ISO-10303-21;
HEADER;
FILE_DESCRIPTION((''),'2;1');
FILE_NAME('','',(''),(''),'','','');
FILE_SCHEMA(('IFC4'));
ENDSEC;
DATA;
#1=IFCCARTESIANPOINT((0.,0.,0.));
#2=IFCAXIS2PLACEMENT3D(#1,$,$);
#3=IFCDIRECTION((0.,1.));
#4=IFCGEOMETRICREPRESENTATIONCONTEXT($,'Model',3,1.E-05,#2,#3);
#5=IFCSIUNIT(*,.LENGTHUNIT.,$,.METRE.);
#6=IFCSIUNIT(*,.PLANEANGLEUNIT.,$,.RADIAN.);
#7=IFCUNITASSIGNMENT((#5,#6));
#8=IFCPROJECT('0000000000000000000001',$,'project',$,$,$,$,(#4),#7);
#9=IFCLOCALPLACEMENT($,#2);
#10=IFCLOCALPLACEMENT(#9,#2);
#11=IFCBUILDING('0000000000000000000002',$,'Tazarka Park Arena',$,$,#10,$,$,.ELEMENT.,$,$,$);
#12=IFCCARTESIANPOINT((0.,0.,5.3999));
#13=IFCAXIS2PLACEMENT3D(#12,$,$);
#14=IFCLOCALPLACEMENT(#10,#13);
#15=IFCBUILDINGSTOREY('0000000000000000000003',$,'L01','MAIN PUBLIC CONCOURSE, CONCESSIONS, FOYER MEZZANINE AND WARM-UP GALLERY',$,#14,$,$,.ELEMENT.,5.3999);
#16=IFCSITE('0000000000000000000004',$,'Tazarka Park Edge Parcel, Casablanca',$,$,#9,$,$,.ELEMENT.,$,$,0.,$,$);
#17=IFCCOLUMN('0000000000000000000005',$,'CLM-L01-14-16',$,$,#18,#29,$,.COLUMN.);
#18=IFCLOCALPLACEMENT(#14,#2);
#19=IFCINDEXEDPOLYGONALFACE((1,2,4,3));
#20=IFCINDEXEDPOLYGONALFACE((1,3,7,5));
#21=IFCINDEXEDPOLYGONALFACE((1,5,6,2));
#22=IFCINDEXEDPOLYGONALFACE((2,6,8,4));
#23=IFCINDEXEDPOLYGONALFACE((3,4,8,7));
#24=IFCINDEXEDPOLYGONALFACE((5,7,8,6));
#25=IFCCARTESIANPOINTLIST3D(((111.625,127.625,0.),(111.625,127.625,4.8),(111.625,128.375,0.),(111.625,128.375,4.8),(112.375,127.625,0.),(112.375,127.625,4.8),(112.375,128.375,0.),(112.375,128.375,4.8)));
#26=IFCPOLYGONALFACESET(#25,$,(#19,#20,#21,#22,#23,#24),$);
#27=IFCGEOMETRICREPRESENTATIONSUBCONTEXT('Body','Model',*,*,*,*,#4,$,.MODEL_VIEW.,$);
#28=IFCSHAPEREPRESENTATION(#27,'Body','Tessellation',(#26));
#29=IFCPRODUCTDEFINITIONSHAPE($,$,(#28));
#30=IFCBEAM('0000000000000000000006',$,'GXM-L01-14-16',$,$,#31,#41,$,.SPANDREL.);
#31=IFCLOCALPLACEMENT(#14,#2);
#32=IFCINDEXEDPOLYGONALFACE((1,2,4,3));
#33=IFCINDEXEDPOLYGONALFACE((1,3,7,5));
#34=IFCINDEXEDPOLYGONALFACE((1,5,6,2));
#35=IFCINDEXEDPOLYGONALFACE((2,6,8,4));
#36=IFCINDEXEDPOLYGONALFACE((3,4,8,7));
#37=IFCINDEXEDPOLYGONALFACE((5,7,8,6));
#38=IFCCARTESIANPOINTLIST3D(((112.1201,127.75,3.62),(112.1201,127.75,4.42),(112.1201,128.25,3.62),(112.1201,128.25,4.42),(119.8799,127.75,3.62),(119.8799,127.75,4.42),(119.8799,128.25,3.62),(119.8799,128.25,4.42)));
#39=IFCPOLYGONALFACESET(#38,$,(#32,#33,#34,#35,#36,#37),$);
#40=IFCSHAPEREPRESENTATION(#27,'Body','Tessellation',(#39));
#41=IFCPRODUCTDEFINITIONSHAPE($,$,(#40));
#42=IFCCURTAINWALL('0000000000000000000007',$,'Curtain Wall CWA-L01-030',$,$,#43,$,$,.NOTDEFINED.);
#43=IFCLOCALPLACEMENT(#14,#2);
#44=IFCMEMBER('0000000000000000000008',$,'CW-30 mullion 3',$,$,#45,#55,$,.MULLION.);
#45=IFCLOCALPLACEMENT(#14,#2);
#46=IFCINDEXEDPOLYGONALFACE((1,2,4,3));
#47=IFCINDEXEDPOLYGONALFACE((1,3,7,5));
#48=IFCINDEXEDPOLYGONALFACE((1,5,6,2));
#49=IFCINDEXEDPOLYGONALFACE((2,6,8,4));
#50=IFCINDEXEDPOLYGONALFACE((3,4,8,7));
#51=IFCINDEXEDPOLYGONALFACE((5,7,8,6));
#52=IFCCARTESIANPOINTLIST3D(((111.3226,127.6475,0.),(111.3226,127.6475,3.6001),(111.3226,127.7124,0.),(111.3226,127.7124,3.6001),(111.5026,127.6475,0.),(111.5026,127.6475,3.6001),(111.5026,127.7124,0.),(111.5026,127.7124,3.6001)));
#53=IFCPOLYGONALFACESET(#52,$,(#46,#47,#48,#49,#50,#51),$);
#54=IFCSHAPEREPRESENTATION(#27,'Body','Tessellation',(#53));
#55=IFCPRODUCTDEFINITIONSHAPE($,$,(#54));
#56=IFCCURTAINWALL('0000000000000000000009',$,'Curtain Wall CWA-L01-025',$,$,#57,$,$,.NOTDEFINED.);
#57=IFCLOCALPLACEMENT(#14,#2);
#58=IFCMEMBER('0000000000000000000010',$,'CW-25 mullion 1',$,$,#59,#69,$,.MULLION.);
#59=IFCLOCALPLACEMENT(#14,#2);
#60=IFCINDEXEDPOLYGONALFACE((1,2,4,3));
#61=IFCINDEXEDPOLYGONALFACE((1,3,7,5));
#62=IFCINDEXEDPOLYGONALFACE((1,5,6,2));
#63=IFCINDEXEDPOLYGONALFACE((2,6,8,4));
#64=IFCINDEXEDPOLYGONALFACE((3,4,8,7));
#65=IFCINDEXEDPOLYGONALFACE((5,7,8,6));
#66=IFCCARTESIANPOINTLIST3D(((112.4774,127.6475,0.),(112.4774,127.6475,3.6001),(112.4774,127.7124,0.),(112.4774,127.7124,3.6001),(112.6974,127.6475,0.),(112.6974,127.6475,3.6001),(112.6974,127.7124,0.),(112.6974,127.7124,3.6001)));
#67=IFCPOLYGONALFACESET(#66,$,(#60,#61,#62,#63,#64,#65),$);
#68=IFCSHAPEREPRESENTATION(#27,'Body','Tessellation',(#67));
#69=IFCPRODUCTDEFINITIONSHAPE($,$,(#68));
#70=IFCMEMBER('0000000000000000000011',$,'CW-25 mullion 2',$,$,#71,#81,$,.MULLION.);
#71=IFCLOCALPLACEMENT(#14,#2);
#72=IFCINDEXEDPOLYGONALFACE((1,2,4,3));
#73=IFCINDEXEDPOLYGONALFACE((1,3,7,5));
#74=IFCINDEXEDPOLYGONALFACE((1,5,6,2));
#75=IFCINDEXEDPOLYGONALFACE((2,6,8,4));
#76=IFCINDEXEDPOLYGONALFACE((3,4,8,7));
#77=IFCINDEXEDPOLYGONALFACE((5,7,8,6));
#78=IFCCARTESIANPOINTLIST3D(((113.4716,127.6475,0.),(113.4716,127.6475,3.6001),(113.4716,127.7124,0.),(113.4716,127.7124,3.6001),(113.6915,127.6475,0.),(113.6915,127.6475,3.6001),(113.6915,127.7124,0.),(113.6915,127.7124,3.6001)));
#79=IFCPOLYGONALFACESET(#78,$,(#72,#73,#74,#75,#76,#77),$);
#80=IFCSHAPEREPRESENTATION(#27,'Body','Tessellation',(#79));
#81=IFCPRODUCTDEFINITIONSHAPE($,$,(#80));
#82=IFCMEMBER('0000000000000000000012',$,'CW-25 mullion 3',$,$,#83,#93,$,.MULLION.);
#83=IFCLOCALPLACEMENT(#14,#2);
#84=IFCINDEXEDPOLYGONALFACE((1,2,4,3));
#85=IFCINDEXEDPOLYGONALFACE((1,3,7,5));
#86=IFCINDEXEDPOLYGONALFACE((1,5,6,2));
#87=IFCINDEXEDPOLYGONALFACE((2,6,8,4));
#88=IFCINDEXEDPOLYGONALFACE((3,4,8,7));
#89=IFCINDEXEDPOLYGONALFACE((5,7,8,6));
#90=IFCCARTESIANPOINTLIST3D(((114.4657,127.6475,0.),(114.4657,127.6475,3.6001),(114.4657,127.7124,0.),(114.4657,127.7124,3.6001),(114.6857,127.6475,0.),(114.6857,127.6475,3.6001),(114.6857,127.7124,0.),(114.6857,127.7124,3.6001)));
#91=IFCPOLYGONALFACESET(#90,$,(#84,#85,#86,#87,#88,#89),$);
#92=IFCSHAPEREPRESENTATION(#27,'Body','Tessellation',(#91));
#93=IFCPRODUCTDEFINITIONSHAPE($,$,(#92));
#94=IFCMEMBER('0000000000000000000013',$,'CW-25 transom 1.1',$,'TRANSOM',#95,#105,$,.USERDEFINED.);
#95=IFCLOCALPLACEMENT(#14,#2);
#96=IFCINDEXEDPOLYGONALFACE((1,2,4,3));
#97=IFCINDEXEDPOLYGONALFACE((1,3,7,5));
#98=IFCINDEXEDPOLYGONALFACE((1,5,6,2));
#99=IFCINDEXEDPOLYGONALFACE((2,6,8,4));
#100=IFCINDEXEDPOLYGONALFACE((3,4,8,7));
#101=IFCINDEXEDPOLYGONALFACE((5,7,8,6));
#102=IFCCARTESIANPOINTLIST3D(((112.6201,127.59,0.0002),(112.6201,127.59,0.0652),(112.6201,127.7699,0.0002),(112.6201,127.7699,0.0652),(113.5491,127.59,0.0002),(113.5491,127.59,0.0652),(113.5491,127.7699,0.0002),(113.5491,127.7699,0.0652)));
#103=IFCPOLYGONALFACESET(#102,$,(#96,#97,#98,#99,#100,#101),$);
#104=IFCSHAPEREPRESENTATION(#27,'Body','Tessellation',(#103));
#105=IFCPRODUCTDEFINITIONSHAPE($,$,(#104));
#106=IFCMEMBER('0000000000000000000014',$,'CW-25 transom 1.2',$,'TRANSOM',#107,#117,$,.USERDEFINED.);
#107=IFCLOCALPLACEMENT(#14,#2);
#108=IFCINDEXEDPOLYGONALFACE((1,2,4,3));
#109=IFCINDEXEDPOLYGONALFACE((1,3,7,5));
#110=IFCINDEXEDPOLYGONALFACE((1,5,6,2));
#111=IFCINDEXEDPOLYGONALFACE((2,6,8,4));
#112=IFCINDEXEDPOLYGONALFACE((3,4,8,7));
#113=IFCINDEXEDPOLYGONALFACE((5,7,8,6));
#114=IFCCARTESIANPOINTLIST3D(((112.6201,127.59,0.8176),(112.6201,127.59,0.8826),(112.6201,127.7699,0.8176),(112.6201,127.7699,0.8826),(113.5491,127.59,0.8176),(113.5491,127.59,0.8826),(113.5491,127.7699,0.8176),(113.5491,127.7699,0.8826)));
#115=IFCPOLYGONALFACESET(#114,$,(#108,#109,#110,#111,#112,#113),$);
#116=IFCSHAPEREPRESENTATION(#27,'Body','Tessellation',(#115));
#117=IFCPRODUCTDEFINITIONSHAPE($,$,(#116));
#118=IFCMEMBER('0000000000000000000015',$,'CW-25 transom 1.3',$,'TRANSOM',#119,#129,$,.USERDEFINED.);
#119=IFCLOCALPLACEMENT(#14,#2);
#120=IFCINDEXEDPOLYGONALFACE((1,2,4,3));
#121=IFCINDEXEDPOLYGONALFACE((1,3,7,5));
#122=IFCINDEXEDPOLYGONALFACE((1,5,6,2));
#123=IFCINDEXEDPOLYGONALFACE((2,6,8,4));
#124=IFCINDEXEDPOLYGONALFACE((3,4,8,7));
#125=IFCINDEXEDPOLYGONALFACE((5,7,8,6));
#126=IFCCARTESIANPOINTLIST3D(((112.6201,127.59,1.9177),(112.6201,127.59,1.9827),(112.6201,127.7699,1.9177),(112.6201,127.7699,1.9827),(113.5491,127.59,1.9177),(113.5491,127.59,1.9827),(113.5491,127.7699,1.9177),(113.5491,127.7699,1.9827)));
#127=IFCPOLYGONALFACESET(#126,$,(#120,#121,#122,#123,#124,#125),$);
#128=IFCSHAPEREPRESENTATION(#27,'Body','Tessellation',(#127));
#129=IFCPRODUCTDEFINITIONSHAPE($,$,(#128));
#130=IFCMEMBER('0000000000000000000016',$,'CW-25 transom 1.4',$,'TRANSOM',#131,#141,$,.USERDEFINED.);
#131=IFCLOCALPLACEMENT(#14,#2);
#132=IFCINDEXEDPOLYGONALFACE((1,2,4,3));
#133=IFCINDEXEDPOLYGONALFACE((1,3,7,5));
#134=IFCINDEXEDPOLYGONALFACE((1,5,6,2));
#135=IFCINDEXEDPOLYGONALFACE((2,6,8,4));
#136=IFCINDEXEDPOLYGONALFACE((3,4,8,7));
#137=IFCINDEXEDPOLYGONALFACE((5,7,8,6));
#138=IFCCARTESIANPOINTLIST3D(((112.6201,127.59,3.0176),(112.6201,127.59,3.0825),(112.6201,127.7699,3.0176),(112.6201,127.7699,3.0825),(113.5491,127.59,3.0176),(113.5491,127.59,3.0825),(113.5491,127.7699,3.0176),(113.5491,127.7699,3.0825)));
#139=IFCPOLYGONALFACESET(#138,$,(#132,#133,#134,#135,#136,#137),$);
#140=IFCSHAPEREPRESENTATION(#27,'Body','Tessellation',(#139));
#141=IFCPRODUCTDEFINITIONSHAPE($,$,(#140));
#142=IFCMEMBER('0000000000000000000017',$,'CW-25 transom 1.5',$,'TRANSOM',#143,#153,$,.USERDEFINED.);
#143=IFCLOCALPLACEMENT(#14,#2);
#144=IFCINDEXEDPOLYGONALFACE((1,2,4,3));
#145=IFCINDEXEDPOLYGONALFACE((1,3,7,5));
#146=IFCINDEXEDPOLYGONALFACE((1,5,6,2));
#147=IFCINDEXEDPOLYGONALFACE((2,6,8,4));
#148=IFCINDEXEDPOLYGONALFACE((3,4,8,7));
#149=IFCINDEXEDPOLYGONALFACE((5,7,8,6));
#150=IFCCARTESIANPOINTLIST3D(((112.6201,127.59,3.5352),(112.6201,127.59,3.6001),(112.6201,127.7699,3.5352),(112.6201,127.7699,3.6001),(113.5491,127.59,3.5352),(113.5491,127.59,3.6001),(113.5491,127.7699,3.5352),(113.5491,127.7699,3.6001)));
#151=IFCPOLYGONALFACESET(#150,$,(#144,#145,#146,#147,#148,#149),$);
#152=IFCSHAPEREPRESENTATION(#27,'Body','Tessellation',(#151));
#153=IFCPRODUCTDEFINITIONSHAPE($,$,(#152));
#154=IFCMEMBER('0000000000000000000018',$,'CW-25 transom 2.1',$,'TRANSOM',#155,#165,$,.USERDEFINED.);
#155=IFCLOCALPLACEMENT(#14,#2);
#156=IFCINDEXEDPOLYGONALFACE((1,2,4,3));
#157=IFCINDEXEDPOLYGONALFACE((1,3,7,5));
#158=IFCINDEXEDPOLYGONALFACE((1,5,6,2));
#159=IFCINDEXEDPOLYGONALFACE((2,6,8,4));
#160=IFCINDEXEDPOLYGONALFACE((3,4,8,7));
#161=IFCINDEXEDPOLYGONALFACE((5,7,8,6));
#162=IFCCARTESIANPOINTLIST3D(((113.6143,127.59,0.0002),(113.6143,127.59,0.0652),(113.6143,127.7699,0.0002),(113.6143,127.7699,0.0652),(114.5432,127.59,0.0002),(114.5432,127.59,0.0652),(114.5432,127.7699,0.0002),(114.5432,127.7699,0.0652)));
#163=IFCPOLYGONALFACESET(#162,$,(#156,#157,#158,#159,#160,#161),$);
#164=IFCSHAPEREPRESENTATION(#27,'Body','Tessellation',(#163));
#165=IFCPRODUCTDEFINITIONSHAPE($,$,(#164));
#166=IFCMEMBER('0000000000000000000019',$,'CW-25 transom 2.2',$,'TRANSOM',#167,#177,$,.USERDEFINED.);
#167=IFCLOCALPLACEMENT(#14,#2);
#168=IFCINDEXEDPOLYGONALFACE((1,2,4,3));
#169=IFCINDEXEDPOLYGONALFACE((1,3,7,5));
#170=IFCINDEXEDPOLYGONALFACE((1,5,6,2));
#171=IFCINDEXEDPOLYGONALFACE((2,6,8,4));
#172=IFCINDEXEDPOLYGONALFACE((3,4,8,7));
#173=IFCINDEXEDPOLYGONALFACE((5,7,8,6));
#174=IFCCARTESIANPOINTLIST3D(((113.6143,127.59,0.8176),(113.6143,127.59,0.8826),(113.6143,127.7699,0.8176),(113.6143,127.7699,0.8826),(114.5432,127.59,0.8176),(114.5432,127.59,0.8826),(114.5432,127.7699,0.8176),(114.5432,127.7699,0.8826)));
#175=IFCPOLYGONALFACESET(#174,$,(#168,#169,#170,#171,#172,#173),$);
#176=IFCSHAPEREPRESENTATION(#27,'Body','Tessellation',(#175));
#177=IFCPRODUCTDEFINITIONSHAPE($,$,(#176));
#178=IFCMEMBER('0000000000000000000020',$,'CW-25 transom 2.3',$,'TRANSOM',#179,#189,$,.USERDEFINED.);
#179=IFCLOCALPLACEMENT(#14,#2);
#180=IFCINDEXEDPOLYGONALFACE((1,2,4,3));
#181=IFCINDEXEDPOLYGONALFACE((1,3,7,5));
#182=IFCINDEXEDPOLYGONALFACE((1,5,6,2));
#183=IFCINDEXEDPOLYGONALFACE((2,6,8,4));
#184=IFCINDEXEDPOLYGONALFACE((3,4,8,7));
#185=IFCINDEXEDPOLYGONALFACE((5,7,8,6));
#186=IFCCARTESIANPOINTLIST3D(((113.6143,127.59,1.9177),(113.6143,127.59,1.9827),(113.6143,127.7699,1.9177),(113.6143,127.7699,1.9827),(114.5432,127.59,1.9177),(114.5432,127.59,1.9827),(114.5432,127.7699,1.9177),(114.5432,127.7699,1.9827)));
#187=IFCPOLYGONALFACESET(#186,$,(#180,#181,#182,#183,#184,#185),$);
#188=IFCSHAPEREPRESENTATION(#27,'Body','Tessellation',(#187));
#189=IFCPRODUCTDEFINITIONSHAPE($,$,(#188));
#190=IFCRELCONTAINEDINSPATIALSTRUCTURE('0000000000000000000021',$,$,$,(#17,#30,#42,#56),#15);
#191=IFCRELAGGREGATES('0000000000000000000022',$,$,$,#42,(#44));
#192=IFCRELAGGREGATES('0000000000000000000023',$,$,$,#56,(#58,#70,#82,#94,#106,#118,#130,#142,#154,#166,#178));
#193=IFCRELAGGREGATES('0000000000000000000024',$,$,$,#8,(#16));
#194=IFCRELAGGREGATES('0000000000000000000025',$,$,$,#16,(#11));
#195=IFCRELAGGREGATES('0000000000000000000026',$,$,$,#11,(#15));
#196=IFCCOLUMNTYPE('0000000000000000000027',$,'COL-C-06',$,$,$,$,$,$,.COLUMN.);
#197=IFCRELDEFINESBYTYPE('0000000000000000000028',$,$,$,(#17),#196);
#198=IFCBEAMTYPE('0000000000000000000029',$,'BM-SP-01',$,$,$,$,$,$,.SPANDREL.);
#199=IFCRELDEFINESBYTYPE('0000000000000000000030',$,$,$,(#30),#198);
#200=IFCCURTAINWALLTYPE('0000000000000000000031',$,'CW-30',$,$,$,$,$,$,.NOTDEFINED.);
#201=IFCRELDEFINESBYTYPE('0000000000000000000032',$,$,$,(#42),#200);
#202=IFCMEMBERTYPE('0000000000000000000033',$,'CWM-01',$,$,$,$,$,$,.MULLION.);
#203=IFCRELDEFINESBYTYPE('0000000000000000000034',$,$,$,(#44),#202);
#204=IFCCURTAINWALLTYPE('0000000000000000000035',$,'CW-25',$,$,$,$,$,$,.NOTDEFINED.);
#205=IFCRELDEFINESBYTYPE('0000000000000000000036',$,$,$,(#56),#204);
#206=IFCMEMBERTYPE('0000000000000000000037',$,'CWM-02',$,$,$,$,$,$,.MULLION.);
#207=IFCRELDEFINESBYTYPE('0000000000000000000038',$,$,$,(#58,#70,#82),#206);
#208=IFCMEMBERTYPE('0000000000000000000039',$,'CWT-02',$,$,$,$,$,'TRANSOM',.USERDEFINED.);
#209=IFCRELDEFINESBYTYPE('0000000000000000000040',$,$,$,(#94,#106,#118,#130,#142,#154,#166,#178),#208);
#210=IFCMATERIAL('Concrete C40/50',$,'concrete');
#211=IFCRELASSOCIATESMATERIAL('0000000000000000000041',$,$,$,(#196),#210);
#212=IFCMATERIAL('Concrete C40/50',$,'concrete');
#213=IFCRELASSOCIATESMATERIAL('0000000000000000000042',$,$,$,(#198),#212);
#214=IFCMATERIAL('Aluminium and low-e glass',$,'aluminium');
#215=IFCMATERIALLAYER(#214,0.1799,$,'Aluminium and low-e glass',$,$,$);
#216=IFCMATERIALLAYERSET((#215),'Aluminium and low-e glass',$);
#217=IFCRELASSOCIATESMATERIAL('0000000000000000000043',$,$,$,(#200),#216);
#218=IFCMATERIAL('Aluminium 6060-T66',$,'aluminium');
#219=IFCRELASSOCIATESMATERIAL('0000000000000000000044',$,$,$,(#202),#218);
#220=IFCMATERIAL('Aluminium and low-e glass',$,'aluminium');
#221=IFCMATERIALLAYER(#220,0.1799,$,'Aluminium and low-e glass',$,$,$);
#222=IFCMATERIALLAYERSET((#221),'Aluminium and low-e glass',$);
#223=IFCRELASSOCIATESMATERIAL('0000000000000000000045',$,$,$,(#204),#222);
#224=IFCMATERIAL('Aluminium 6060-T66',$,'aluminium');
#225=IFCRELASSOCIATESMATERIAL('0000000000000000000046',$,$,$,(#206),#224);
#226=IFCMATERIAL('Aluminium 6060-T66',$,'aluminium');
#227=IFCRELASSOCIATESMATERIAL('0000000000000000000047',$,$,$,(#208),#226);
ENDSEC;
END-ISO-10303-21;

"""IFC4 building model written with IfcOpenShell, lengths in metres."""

from ifc_helpers import new_model, si_unit, direction, frame, origin, origin_2d, place, context, subcontext, project, spatial, rectangle, extrude, material, layer, layer_set, material_profile, profile_set, type_object, element, aggregate, save


model = new_model("IFC4")

# Units and contexts
model_context = context("Model", 3, precision=1e-05, world=origin(), true_north=direction((0.0, 1.0)))
body_context = subcontext(model_context, "Body", "Model", "MODEL_VIEW")
ifc_project = project(units=[si_unit("LENGTHUNIT", "METRE"), si_unit("PLANEANGLEUNIT", "RADIAN")], contexts=[model_context])

# Site, building, storey
site_placement = place(None, origin())
site = spatial("IfcSite", under=ifc_project, at=site_placement, Name="Tazarka Park Edge Parcel, Casablanca", CompositionType="ELEMENT", RefElevation=0.0)
building_placement = place(site_placement, origin())
building = spatial("IfcBuilding", under=site, at=building_placement, Name="Tazarka Park Arena", CompositionType="ELEMENT")
storey_placement = place(building_placement, frame((0.0, 0.0, 5.3999)))
storey = spatial("IfcBuildingStorey", under=building, at=storey_placement, Name="L01", Description="MAIN PUBLIC CONCOURSE, CONCESSIONS, FOYER MEZZANINE AND WARM-UP GALLERY", CompositionType="ELEMENT", Elevation=5.3999)

# Column
ifc_material_1 = material(Name="Concrete C40/50", Category="concrete")
ifc_material_profile_1 = material_profile(ifc_material_1, rectangle(XDim=0.75, YDim=0.75, at=origin_2d()), Name="Concrete C40/50")
ifc_profile_set_1 = profile_set([ifc_material_profile_1], Name="Concrete C40/50")
column_type = type_object("IfcColumnType", Name="COL-C-06", PredefinedType="COLUMN", material=ifc_profile_set_1)
column_placement = place(storey_placement, frame((112.0, 128.0, 0.0), z_axis=(0.0, 0.0, 1.0), x_axis=(1.0, 0.0, 0.0)))
element("IfcColumn", 1, at=column_placement, inside=storey, type_object=column_type, Name="CLM-L01-14-16", PredefinedType="COLUMN", context=body_context, shape_type="SweptSolid", body=[
    extrude(rectangle(XDim=0.75, YDim=0.75, at=origin_2d()), origin(), (0.0, 0.0, 1.0), 4.8),
])

# Beam
ifc_material_2 = material(Name="Concrete C40/50", Category="concrete")
ifc_material_profile_2 = material_profile(ifc_material_2, rectangle(XDim=0.5, YDim=0.8, at=origin_2d()), Name="Concrete C40/50")
ifc_profile_set_2 = profile_set([ifc_material_profile_2], Name="Concrete C40/50")
beam_type = type_object("IfcBeamType", Name="BM-SP-01", PredefinedType="SPANDREL", material=ifc_profile_set_2)
beam_placement = place(storey_placement, frame((112.1201, 128.0, 4.02), z_axis=(1.0, 0.0, 0.0), x_axis=(0.0, 1.0, 0.0)))
element("IfcBeam", 2, at=beam_placement, inside=storey, type_object=beam_type, Name="GXM-L01-14-16", PredefinedType="SPANDREL", context=body_context, shape_type="SweptSolid", body=[
    extrude(rectangle(XDim=0.5, YDim=0.8, at=origin_2d()), origin(), (0.0, 0.0, 1.0), 7.7598),
])

# Curtain wall, member
ifc_material_3 = material(Name="Aluminium and low-e glass", Category="aluminium")
ifc_layer_1 = layer(ifc_material_3, 0.1799, Name="Aluminium and low-e glass")
ifc_layer_set_1 = layer_set([ifc_layer_1], Name="Aluminium and low-e glass")
curtain_wall_type_1 = type_object("IfcCurtainWallType", Name="CW-30", PredefinedType="NOTDEFINED", material=ifc_layer_set_1)
curtain_wall_1_placement = place(storey_placement, origin())
curtain_wall_1 = element("IfcCurtainWall", 3, at=curtain_wall_1_placement, inside=storey, type_object=curtain_wall_type_1, Name="Curtain Wall CWA-L01-030", PredefinedType="NOTDEFINED")
ifc_material_4 = material(Name="Aluminium 6060-T66", Category="aluminium")
ifc_material_profile_3 = material_profile(ifc_material_4, rectangle(XDim=0.0649, YDim=0.1799, at=origin_2d()), Name="Aluminium 6060-T66")
ifc_profile_set_3 = profile_set([ifc_material_profile_3], Name="Aluminium 6060-T66")
member_type_1 = type_object("IfcMemberType", Name="CWM-01", PredefinedType="MULLION", material=ifc_profile_set_3)
member_1_placement = place(storey_placement, frame((111.4126, 127.6799, 0.0), z_axis=(0.0, 0.0, 1.0), x_axis=(0.0, 1.0, 0.0)))
member_1 = element("IfcMember", 4, at=member_1_placement, type_object=member_type_1, Name="CW-30 mullion 3", PredefinedType="MULLION", context=body_context, shape_type="SweptSolid", body=[
    extrude(rectangle(XDim=0.0649, YDim=0.1799, at=origin_2d()), origin(), (0.0, 0.0, 1.0), 3.6001),
])

# Curtain wall, members
ifc_material_5 = material(Name="Aluminium and low-e glass", Category="aluminium")
ifc_layer_2 = layer(ifc_material_5, 0.1799, Name="Aluminium and low-e glass")
ifc_layer_set_2 = layer_set([ifc_layer_2], Name="Aluminium and low-e glass")
curtain_wall_type_2 = type_object("IfcCurtainWallType", Name="CW-25", PredefinedType="NOTDEFINED", material=ifc_layer_set_2)
curtain_wall_2_placement = place(storey_placement, origin())
curtain_wall_2 = element("IfcCurtainWall", 5, at=curtain_wall_2_placement, inside=storey, type_object=curtain_wall_type_2, Name="Curtain Wall CWA-L01-025", PredefinedType="NOTDEFINED")
ifc_material_6 = material(Name="Aluminium 6060-T66", Category="aluminium")
ifc_material_profile_4 = material_profile(ifc_material_6, rectangle(XDim=0.0649, YDim=0.22, at=origin_2d()), Name="Aluminium 6060-T66")
ifc_profile_set_4 = profile_set([ifc_material_profile_4], Name="Aluminium 6060-T66")
member_type_2 = type_object("IfcMemberType", Name="CWM-02", PredefinedType="MULLION", material=ifc_profile_set_4)
member_2_placement = place(storey_placement, frame((112.5874, 127.6799, 0.0), z_axis=(0.0, 0.0, 1.0), x_axis=(0.0, 1.0, 0.0)))
member_2 = element("IfcMember", 6, at=member_2_placement, type_object=member_type_2, Name="CW-25 mullion 1", PredefinedType="MULLION", context=body_context, shape_type="SweptSolid", body=[
    extrude(rectangle(XDim=0.0649, YDim=0.22, at=origin_2d()), origin(), (0.0, 0.0, 1.0), 3.6001),
])
member_3_placement = place(storey_placement, frame((113.5815, 127.6799, 0.0), z_axis=(0.0, 0.0, 1.0), x_axis=(0.0, 1.0, 0.0)))
member_3 = element("IfcMember", 7, at=member_3_placement, type_object=member_type_2, Name="CW-25 mullion 2", PredefinedType="MULLION", context=body_context, shape_type="SweptSolid", body=[
    extrude(rectangle(XDim=0.0649, YDim=0.22, at=origin_2d()), origin(), (0.0, 0.0, 1.0), 3.6001),
])
member_4_placement = place(storey_placement, frame((114.5757, 127.6799, 0.0), z_axis=(0.0, 0.0, 1.0), x_axis=(0.0, 1.0, 0.0)))
member_4 = element("IfcMember", 8, at=member_4_placement, type_object=member_type_2, Name="CW-25 mullion 3", PredefinedType="MULLION", context=body_context, shape_type="SweptSolid", body=[
    extrude(rectangle(XDim=0.0649, YDim=0.22, at=origin_2d()), origin(), (0.0, 0.0, 1.0), 3.6001),
])
ifc_material_7 = material(Name="Aluminium 6060-T66", Category="aluminium")
ifc_material_profile_5 = material_profile(ifc_material_7, rectangle(XDim=0.1799, YDim=0.0649, at=origin_2d()), Name="Aluminium 6060-T66")
ifc_profile_set_5 = profile_set([ifc_material_profile_5], Name="Aluminium 6060-T66")
member_type_3 = type_object("IfcMemberType", Name="CWT-02", ElementType="TRANSOM", PredefinedType="USERDEFINED", material=ifc_profile_set_5)
member_5_placement = place(storey_placement, frame((112.6201, 127.6799, 0.0327), z_axis=(1.0, 0.0, 0.0), x_axis=(0.0, 1.0, 0.0)))
member_5 = element("IfcMember", 9, at=member_5_placement, type_object=member_type_3, Name="CW-25 transom 1.1", ObjectType="TRANSOM", PredefinedType="USERDEFINED", context=body_context, shape_type="SweptSolid", body=[
    extrude(rectangle(XDim=0.1799, YDim=0.0649, at=origin_2d()), origin(), (0.0, 0.0, 1.0), 0.929),
])
member_6_placement = place(storey_placement, frame((112.6201, 127.6799, 0.8501), z_axis=(1.0, 0.0, 0.0), x_axis=(0.0, 1.0, 0.0)))
member_6 = element("IfcMember", 10, at=member_6_placement, type_object=member_type_3, Name="CW-25 transom 1.2", ObjectType="TRANSOM", PredefinedType="USERDEFINED", context=body_context, shape_type="SweptSolid", body=[
    extrude(rectangle(XDim=0.1799, YDim=0.0649, at=origin_2d()), origin(), (0.0, 0.0, 1.0), 0.929),
])
member_7_placement = place(storey_placement, frame((112.6201, 127.6799, 1.9502), z_axis=(1.0, 0.0, 0.0), x_axis=(0.0, 1.0, 0.0)))
member_7 = element("IfcMember", 11, at=member_7_placement, type_object=member_type_3, Name="CW-25 transom 1.3", ObjectType="TRANSOM", PredefinedType="USERDEFINED", context=body_context, shape_type="SweptSolid", body=[
    extrude(rectangle(XDim=0.1799, YDim=0.0649, at=origin_2d()), origin(), (0.0, 0.0, 1.0), 0.929),
])
member_8_placement = place(storey_placement, frame((112.6201, 127.6799, 3.05), z_axis=(1.0, 0.0, 0.0), x_axis=(0.0, 1.0, 0.0)))
member_8 = element("IfcMember", 12, at=member_8_placement, type_object=member_type_3, Name="CW-25 transom 1.4", ObjectType="TRANSOM", PredefinedType="USERDEFINED", context=body_context, shape_type="SweptSolid", body=[
    extrude(rectangle(XDim=0.1799, YDim=0.0649, at=origin_2d()), origin(), (0.0, 0.0, 1.0), 0.929),
])
member_9_placement = place(storey_placement, frame((112.6201, 127.6799, 3.5676), z_axis=(1.0, 0.0, 0.0), x_axis=(0.0, 1.0, 0.0)))
member_9 = element("IfcMember", 13, at=member_9_placement, type_object=member_type_3, Name="CW-25 transom 1.5", ObjectType="TRANSOM", PredefinedType="USERDEFINED", context=body_context, shape_type="SweptSolid", body=[
    extrude(rectangle(XDim=0.1799, YDim=0.0649, at=origin_2d()), origin(), (0.0, 0.0, 1.0), 0.929),
])
member_10_placement = place(storey_placement, frame((113.6143, 127.6799, 0.0327), z_axis=(1.0, 0.0, 0.0), x_axis=(0.0, 1.0, 0.0)))
member_10 = element("IfcMember", 14, at=member_10_placement, type_object=member_type_3, Name="CW-25 transom 2.1", ObjectType="TRANSOM", PredefinedType="USERDEFINED", context=body_context, shape_type="SweptSolid", body=[
    extrude(rectangle(XDim=0.1799, YDim=0.0649, at=origin_2d()), origin(), (0.0, 0.0, 1.0), 0.929),
])
member_11_placement = place(storey_placement, frame((113.6143, 127.6799, 0.8501), z_axis=(1.0, 0.0, 0.0), x_axis=(0.0, 1.0, 0.0)))
member_11 = element("IfcMember", 15, at=member_11_placement, type_object=member_type_3, Name="CW-25 transom 2.2", ObjectType="TRANSOM", PredefinedType="USERDEFINED", context=body_context, shape_type="SweptSolid", body=[
    extrude(rectangle(XDim=0.1799, YDim=0.0649, at=origin_2d()), origin(), (0.0, 0.0, 1.0), 0.929),
])
member_12_placement = place(storey_placement, frame((113.6143, 127.6799, 1.9502), z_axis=(1.0, 0.0, 0.0), x_axis=(0.0, 1.0, 0.0)))
member_12 = element("IfcMember", 16, at=member_12_placement, type_object=member_type_3, Name="CW-25 transom 2.3", ObjectType="TRANSOM", PredefinedType="USERDEFINED", context=body_context, shape_type="SweptSolid", body=[
    extrude(rectangle(XDim=0.1799, YDim=0.0649, at=origin_2d()), origin(), (0.0, 0.0, 1.0), 0.929),
])

aggregate(curtain_wall_1, [member_1])
aggregate(curtain_wall_2, [member_2, member_3, member_4, member_5, member_6, member_7, member_8, member_9, member_10, member_11, member_12])

save(model, "model.ifc")
